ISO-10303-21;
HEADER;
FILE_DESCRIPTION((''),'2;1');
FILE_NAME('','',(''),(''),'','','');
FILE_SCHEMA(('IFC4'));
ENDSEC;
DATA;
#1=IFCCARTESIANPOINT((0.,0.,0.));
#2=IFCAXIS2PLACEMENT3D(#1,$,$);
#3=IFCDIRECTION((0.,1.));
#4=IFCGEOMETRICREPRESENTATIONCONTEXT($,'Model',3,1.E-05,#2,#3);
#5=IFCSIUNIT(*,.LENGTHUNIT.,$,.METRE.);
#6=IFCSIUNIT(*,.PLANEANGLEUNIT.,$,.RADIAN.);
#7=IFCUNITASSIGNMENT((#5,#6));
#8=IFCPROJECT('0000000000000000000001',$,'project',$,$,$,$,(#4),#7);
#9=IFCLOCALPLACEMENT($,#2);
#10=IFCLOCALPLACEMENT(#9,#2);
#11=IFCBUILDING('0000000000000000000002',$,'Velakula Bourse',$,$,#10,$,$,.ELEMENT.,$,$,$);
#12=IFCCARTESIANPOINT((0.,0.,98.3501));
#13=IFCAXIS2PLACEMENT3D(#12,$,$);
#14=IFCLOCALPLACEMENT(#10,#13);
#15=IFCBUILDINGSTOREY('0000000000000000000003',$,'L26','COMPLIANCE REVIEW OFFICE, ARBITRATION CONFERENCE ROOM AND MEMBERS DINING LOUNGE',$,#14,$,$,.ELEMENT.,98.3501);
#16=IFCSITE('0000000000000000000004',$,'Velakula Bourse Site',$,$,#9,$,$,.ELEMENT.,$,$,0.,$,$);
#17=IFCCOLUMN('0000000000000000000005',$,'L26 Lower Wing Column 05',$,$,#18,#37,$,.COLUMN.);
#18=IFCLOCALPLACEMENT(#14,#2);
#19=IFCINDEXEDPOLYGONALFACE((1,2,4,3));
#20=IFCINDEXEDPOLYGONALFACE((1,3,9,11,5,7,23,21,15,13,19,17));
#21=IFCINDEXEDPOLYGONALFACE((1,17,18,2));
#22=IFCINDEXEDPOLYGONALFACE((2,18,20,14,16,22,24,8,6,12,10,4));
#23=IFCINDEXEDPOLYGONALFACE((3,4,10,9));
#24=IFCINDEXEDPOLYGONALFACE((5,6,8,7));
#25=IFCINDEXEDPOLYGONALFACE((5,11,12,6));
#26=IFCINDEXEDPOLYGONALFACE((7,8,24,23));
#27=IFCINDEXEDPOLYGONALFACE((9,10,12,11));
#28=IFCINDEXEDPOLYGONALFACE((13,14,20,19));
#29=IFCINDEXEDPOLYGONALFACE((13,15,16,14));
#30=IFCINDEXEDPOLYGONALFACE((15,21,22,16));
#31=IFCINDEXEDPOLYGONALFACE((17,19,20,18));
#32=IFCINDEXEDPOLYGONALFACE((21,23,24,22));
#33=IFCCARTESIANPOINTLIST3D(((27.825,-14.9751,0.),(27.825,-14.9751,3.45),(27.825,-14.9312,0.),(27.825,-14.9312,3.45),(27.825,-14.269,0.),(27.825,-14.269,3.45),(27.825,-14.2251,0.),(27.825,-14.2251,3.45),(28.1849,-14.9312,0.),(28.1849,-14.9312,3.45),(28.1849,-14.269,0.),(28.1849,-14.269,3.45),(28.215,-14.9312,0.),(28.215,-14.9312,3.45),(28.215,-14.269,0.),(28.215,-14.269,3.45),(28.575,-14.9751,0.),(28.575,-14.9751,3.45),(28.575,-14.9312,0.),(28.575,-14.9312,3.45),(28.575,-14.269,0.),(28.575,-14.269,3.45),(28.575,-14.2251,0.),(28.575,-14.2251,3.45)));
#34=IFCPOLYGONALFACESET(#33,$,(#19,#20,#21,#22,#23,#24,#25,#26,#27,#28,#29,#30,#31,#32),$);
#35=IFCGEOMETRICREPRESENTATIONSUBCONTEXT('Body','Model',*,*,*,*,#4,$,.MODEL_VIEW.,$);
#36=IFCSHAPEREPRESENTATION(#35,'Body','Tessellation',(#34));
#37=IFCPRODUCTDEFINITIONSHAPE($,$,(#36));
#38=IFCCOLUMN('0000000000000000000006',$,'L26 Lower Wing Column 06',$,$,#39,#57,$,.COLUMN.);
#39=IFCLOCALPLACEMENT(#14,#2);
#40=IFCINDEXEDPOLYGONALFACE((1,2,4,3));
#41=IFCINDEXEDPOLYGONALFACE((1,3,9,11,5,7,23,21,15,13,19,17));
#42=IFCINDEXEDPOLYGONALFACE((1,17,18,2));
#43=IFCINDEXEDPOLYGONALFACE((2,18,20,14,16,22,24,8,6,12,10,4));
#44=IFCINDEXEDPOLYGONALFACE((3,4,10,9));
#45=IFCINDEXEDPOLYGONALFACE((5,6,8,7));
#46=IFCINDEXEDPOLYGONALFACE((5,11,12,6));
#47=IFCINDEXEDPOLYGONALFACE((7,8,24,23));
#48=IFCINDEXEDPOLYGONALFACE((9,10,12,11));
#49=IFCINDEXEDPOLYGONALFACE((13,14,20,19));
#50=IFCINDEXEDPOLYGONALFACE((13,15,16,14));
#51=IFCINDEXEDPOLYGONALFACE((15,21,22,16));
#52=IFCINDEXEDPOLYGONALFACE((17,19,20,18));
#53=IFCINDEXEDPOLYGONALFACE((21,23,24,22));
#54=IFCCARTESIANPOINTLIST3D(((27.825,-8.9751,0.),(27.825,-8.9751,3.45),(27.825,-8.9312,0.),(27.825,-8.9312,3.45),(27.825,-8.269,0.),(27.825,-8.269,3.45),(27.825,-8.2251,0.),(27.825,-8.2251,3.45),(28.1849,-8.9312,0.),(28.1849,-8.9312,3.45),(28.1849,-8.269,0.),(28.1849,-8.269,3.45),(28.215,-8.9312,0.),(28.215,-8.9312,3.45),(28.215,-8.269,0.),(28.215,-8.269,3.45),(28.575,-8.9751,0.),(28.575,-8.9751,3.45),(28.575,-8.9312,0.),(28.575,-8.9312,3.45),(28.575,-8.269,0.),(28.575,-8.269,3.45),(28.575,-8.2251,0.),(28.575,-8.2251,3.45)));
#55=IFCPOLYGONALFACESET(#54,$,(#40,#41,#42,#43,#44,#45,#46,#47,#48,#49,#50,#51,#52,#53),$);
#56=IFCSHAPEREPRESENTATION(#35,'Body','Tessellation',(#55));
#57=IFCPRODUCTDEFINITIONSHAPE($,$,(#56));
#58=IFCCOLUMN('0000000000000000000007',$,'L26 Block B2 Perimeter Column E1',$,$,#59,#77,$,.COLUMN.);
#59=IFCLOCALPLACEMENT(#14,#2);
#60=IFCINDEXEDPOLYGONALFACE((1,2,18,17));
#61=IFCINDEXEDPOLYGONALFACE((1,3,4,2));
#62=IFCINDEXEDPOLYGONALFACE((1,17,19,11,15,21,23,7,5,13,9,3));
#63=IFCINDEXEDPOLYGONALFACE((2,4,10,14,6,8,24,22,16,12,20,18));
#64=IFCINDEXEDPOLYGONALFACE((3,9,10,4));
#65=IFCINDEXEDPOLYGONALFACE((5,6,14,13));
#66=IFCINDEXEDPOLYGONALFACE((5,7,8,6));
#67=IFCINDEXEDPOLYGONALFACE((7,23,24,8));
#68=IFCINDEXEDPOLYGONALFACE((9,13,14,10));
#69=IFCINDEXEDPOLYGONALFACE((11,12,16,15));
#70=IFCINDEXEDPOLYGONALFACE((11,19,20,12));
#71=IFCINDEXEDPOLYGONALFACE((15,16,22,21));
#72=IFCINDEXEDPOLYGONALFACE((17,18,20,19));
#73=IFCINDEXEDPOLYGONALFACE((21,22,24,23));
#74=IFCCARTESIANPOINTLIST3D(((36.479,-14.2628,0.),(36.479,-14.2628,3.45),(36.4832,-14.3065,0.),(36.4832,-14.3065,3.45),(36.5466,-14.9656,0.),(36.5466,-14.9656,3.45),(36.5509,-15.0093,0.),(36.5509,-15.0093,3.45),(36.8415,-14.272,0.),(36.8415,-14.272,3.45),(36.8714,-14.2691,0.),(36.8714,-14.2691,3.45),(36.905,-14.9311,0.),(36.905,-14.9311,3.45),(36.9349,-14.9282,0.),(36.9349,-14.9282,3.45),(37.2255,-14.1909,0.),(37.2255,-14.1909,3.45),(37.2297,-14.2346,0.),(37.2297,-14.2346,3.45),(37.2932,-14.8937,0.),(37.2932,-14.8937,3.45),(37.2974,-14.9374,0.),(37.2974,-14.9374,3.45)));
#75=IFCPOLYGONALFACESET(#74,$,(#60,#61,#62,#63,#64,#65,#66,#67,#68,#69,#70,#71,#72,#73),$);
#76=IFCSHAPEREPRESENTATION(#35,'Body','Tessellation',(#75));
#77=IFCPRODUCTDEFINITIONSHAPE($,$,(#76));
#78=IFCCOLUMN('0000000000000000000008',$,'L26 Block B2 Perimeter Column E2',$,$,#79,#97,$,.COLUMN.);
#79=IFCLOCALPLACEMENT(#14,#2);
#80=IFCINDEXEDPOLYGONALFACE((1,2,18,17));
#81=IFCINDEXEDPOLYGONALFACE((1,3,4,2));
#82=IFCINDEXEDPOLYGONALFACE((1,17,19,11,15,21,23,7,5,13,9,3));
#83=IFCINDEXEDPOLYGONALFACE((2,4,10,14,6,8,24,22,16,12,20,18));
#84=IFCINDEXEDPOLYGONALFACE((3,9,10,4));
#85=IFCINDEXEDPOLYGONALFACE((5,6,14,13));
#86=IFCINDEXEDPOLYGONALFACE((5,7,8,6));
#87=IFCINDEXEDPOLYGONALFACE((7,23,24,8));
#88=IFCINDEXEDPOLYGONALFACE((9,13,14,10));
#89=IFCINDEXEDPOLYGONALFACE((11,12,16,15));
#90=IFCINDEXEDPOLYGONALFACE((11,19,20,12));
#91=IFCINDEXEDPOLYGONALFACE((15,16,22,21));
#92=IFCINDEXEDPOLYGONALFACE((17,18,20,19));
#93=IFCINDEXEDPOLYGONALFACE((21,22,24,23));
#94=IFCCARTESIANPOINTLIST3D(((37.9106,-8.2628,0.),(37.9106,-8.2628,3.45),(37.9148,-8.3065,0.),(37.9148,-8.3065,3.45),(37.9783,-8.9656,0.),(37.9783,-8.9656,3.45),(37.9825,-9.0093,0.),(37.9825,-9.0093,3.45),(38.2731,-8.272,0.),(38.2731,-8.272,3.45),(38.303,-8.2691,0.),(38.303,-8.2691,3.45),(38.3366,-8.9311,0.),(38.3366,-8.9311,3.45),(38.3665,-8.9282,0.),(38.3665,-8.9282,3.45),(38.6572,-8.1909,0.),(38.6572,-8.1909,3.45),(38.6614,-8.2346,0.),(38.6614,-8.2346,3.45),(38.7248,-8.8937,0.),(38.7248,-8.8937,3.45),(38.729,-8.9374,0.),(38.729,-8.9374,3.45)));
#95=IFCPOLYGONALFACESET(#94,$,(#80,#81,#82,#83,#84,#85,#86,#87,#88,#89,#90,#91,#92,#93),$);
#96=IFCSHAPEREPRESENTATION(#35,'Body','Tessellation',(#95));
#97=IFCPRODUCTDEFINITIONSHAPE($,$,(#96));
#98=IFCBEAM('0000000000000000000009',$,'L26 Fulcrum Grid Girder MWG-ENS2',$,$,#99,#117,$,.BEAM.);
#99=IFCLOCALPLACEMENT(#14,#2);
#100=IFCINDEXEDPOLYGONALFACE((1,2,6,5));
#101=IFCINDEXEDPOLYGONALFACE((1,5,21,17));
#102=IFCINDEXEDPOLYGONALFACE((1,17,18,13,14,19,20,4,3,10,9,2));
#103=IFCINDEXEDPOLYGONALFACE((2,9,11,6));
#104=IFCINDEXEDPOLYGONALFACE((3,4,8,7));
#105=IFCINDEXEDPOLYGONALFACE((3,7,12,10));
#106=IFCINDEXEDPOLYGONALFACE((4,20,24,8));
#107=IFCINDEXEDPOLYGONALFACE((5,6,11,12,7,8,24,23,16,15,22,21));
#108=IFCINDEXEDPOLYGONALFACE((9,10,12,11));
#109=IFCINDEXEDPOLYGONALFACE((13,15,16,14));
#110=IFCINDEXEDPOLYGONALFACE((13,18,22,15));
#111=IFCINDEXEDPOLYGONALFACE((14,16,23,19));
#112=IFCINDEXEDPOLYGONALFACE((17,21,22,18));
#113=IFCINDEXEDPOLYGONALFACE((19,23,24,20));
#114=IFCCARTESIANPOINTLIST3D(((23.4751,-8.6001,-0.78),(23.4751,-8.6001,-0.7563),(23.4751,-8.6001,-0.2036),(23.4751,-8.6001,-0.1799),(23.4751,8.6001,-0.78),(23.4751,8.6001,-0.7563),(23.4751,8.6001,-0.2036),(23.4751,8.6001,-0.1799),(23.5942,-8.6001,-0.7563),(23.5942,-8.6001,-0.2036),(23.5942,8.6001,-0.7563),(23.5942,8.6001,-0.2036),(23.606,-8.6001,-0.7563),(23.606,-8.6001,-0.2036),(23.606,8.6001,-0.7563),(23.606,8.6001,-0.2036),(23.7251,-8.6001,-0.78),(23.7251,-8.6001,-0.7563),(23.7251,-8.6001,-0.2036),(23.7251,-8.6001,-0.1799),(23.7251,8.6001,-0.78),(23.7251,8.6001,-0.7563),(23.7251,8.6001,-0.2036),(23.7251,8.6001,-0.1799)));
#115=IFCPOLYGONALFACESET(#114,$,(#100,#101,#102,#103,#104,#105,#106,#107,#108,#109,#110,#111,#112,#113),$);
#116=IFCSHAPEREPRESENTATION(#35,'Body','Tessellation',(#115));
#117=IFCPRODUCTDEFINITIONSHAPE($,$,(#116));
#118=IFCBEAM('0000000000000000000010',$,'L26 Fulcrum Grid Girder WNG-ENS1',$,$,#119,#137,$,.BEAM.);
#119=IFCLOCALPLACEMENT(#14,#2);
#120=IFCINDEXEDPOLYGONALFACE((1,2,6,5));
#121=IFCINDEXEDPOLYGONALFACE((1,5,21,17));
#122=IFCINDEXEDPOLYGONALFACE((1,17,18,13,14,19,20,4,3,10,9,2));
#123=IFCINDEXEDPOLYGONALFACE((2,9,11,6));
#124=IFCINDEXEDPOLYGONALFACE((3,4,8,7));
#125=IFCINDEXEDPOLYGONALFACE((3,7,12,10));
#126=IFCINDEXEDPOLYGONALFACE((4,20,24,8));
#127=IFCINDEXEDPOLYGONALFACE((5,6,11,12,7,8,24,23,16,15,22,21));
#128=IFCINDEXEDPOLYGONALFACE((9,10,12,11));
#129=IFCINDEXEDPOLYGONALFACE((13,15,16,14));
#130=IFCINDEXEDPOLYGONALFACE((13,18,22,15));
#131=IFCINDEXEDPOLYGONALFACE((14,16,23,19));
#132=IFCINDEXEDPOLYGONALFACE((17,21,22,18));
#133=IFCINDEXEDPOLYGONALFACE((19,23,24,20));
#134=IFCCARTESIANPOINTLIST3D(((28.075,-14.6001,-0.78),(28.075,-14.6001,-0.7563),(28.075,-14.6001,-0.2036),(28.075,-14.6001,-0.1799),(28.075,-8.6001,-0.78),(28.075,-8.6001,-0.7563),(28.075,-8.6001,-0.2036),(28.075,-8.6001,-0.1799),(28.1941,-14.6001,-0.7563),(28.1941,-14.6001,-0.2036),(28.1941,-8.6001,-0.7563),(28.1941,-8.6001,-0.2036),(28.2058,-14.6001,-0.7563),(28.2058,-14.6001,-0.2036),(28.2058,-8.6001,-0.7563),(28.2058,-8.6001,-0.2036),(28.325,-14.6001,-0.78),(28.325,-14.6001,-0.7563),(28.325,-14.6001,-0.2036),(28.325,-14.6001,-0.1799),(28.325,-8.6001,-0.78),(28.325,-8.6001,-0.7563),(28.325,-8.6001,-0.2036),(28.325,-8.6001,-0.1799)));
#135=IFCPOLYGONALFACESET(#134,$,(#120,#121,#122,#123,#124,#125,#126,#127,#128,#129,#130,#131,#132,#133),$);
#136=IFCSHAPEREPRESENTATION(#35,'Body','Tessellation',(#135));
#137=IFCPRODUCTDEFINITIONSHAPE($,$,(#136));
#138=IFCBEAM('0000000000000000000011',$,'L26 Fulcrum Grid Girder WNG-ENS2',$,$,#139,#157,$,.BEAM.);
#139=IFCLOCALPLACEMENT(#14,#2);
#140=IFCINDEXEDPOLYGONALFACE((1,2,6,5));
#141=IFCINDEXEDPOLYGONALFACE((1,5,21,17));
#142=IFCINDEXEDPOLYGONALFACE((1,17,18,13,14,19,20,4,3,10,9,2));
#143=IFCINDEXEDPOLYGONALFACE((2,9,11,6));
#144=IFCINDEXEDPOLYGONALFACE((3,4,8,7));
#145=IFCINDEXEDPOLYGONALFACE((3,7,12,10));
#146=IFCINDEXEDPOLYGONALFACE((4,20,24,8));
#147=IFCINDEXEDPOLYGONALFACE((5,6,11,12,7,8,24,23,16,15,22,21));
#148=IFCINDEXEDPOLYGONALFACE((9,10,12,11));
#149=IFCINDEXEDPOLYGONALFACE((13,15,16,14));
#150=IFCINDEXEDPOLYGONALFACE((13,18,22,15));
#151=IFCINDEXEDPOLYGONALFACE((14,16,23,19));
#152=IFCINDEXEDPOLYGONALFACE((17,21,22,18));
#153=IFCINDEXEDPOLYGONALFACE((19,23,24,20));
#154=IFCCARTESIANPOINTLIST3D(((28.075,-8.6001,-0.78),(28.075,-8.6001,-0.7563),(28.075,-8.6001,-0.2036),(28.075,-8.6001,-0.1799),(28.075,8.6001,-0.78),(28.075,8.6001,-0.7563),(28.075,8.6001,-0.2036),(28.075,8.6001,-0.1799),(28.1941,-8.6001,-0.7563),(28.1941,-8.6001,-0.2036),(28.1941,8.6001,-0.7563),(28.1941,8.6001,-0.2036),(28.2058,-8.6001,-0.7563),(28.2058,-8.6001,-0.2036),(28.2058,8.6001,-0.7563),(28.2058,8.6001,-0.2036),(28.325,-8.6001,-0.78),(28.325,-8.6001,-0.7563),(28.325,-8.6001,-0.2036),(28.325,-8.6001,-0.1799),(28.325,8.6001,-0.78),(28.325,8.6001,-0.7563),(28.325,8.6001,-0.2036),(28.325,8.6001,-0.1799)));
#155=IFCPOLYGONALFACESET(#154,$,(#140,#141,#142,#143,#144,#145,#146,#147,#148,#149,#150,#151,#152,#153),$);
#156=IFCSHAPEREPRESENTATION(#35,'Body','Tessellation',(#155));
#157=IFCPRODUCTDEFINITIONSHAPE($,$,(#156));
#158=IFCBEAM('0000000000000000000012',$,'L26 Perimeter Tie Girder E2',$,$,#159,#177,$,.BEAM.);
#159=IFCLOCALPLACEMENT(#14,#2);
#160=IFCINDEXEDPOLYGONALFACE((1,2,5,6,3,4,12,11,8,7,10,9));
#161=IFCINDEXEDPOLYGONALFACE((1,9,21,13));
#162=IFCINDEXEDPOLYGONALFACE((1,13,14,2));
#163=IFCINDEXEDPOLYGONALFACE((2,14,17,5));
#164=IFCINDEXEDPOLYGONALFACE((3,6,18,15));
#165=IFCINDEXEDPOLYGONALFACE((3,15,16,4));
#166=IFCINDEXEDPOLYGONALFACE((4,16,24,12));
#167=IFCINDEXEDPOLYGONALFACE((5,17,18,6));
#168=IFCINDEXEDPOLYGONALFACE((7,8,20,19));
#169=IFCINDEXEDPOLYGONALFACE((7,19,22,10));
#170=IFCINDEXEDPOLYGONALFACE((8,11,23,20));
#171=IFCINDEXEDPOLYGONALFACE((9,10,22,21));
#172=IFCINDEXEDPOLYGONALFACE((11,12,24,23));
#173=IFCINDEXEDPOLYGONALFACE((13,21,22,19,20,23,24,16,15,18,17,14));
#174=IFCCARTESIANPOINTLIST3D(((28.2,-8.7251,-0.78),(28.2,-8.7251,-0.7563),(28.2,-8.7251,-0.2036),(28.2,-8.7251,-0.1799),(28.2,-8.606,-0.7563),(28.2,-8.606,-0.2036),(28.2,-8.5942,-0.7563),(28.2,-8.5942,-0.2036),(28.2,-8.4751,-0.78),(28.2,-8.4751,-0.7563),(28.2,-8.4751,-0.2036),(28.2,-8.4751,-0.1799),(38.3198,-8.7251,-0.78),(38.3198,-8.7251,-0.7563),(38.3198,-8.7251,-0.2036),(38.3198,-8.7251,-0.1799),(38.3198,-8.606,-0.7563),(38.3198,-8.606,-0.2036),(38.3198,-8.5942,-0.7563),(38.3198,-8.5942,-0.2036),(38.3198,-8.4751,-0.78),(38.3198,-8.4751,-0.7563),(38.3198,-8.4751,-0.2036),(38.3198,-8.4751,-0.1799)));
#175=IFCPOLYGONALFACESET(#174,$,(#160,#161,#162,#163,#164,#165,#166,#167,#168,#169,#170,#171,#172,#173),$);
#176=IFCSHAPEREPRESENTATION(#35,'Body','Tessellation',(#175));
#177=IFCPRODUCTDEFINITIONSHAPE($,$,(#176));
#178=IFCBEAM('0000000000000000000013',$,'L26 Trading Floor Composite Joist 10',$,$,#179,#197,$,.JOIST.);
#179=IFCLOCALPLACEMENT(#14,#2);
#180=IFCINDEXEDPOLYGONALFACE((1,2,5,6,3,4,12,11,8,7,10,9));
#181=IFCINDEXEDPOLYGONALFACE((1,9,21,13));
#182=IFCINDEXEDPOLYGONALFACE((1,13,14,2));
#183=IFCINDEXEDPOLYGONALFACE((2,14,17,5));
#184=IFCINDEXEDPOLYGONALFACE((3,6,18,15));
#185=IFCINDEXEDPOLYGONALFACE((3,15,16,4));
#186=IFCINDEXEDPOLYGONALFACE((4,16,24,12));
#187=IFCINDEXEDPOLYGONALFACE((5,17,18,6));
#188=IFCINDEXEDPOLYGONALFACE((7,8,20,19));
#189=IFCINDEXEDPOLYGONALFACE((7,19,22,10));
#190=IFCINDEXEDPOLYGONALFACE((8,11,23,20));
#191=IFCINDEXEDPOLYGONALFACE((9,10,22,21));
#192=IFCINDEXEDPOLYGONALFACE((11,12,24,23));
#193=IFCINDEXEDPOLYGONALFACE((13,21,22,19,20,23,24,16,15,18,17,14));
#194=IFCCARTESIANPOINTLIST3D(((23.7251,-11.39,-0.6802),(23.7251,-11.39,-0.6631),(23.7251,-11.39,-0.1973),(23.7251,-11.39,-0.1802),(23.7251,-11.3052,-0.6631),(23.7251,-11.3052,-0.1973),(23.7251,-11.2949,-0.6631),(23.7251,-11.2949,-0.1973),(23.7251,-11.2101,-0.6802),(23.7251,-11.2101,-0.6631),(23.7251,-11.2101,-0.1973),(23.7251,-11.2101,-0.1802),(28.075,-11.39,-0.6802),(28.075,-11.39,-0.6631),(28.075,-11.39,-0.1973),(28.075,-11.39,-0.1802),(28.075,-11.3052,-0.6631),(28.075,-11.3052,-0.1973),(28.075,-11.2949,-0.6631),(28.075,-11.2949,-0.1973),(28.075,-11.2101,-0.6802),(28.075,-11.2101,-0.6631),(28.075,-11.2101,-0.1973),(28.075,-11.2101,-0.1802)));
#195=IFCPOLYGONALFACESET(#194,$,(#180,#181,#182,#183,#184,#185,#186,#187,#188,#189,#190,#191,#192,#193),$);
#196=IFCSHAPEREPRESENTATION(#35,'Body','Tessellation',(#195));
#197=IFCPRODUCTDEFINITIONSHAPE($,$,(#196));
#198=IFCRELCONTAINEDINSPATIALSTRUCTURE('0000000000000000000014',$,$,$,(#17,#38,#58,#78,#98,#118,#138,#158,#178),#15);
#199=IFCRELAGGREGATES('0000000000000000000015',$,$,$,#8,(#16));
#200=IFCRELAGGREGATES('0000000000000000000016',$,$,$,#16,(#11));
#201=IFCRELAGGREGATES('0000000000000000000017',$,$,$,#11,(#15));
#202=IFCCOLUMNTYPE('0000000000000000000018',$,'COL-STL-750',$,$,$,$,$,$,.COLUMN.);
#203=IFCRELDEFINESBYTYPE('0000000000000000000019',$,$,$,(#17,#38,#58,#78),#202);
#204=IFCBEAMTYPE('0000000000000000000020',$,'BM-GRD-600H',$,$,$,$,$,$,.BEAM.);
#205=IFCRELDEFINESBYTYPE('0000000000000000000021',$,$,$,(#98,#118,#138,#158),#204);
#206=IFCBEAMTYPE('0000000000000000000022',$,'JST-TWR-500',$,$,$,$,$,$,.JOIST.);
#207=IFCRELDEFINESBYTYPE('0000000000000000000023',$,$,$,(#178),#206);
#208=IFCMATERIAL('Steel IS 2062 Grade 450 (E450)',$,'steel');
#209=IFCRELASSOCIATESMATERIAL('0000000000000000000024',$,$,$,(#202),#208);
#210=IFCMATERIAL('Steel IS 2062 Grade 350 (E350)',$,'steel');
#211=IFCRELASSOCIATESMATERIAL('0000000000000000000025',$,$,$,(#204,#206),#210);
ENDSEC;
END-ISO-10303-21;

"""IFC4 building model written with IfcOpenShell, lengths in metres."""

from ifc_helpers import new_model, si_unit, direction, frame, origin, origin_2d, place, context, subcontext, project, spatial, i_section, extrude, material, material_profile, profile_set, type_object, element, save


model = new_model("IFC4")

# Units and contexts
model_context = context("Model", 3, precision=1e-05, world=origin(), true_north=direction((0.0, 1.0)))
body_context = subcontext(model_context, "Body", "Model", "MODEL_VIEW")
ifc_project = project(units=[si_unit("LENGTHUNIT", "METRE"), si_unit("PLANEANGLEUNIT", "RADIAN")], contexts=[model_context])

# Site, building, storey
site_placement = place(None, origin())
site = spatial("IfcSite", under=ifc_project, at=site_placement, Name="Velakula Bourse Site", CompositionType="ELEMENT", RefElevation=0.0)
building_placement = place(site_placement, origin())
building = spatial("IfcBuilding", under=site, at=building_placement, Name="Velakula Bourse", CompositionType="ELEMENT")
storey_placement = place(building_placement, frame((0.0, 0.0, 98.3501)))
storey = spatial("IfcBuildingStorey", under=building, at=storey_placement, Name="L26", Description="COMPLIANCE REVIEW OFFICE, ARBITRATION CONFERENCE ROOM AND MEMBERS DINING LOUNGE", CompositionType="ELEMENT", Elevation=98.3501)

# Columns
ifc_material_1 = material(Name="Steel IS 2062 Grade 450 (E450)", Category="steel")
ifc_material_profile_1 = material_profile(ifc_material_1, i_section(OverallWidth=0.75, OverallDepth=0.75, WebThickness=0.03, FlangeThickness=0.0439, at=origin_2d()), Name="Steel IS 2062 Grade 450 (E450)")
ifc_profile_set_1 = profile_set([ifc_material_profile_1], Name="Steel IS 2062 Grade 450 (E450)")
column_type = type_object("IfcColumnType", Name="COL-STL-750", PredefinedType="COLUMN", material=ifc_profile_set_1)
for number, where, z_axis, x_axis, name in (
    (1, (28.2, -14.6001, 0.0), (0.0, 0.0, 1.0), (1.0, 0.0, 0.0), "L26 Lower Wing Column 05"),
    (2, (28.2, -8.6001, 0.0), (0.0, 0.0, 1.0), (1.0, 0.0, 0.0), "L26 Lower Wing Column 06"),
    (3, (36.8882, -14.6001, 0.0), (0.0, 0.0, 1.0), (0.995396, 0.095846, 0.0), "L26 Block B2 Perimeter Column E1"),
    (4, (38.3198, -8.6001, 0.0), (0.0, 0.0, 1.0), (0.995396, 0.095846, 0.0), "L26 Block B2 Perimeter Column E2"),
):
    element("IfcColumn", number, at=place(storey_placement, frame(where, z_axis=z_axis, x_axis=x_axis)), inside=storey, type_object=column_type, Name=name, PredefinedType="COLUMN", context=body_context, shape_type="SweptSolid", body=[
        extrude(i_section(OverallWidth=0.75, OverallDepth=0.75, WebThickness=0.03, FlangeThickness=0.0439, at=origin_2d()), origin(), (0.0, 0.0, 1.0), 3.45),
    ])

# Beams
ifc_material_2 = material(Name="Steel IS 2062 Grade 350 (E350)", Category="steel")
ifc_material_profile_2 = material_profile(ifc_material_2, i_section(OverallWidth=0.25, OverallDepth=0.6001, WebThickness=0.0117, FlangeThickness=0.0237, at=origin_2d()), Name="Steel IS 2062 Grade 350 (E350)")
ifc_profile_set_2 = profile_set([ifc_material_profile_2], Name="Steel IS 2062 Grade 350 (E350)")
beam_type_1 = type_object("IfcBeamType", Name="BM-GRD-600H", PredefinedType="BEAM", material=ifc_profile_set_2)
beam_1_placement = place(storey_placement, frame((23.6001, -8.6001, -0.48), z_axis=(0.0, 1.0, 0.0), x_axis=(-1.0, 0.0, 0.0)))
element("IfcBeam", 5, at=beam_1_placement, inside=storey, type_object=beam_type_1, Name="L26 Fulcrum Grid Girder MWG-ENS2", PredefinedType="BEAM", context=body_context, shape_type="SweptSolid", body=[
    extrude(i_section(OverallWidth=0.25, OverallDepth=0.6001, WebThickness=0.0117, FlangeThickness=0.0237, at=origin_2d()), origin(), (0.0, 0.0, 1.0), 17.2002),
])
beam_2_placement = place(storey_placement, frame((28.2, -14.6001, -0.48), z_axis=(0.0, 1.0, 0.0), x_axis=(-1.0, 0.0, 0.0)))
element("IfcBeam", 6, at=beam_2_placement, inside=storey, type_object=beam_type_1, Name="L26 Fulcrum Grid Girder WNG-ENS1", PredefinedType="BEAM", context=body_context, shape_type="SweptSolid", body=[
    extrude(i_section(OverallWidth=0.25, OverallDepth=0.6001, WebThickness=0.0117, FlangeThickness=0.0237, at=origin_2d()), origin(), (0.0, 0.0, 1.0), 6.0),
])
beam_3_placement = place(storey_placement, frame((28.2, -8.6001, -0.48), z_axis=(0.0, 1.0, 0.0), x_axis=(-1.0, 0.0, 0.0)))
element("IfcBeam", 7, at=beam_3_placement, inside=storey, type_object=beam_type_1, Name="L26 Fulcrum Grid Girder WNG-ENS2", PredefinedType="BEAM", context=body_context, shape_type="SweptSolid", body=[
    extrude(i_section(OverallWidth=0.25, OverallDepth=0.6001, WebThickness=0.0117, FlangeThickness=0.0237, at=origin_2d()), origin(), (0.0, 0.0, 1.0), 17.2002),
])
beam_4_placement = place(storey_placement, frame((28.2, -8.6001, -0.48), z_axis=(1.0, 0.0, 0.0), x_axis=(0.0, 1.0, 0.0)))
element("IfcBeam", 8, at=beam_4_placement, inside=storey, type_object=beam_type_1, Name="L26 Perimeter Tie Girder E2", PredefinedType="BEAM", context=body_context, shape_type="SweptSolid", body=[
    extrude(i_section(OverallWidth=0.25, OverallDepth=0.6001, WebThickness=0.0117, FlangeThickness=0.0237, at=origin_2d()), origin(), (0.0, 0.0, 1.0), 10.1199),
])
ifc_material_profile_3 = material_profile(ifc_material_2, i_section(OverallWidth=0.1799, OverallDepth=0.5, WebThickness=0.0103, FlangeThickness=0.0171, at=origin_2d()), Name="Steel IS 2062 Grade 350 (E350)")
ifc_profile_set_3 = profile_set([ifc_material_profile_3], Name="Steel IS 2062 Grade 350 (E350)")
beam_type_2 = type_object("IfcBeamType", Name="JST-TWR-500", PredefinedType="JOIST", material=ifc_profile_set_3)
beam_5_placement = place(storey_placement, frame((23.7251, -11.3, -0.4302), z_axis=(1.0, 0.0, 0.0), x_axis=(0.0, 1.0, 0.0)))
element("IfcBeam", 9, at=beam_5_placement, inside=storey, type_object=beam_type_2, Name="L26 Trading Floor Composite Joist 10", PredefinedType="JOIST", context=body_context, shape_type="SweptSolid", body=[
    extrude(i_section(OverallWidth=0.1799, OverallDepth=0.5, WebThickness=0.0103, FlangeThickness=0.0171, at=origin_2d()), origin(), (0.0, 0.0, 1.0), 4.3499),
])

save(model, "model.ifc")
